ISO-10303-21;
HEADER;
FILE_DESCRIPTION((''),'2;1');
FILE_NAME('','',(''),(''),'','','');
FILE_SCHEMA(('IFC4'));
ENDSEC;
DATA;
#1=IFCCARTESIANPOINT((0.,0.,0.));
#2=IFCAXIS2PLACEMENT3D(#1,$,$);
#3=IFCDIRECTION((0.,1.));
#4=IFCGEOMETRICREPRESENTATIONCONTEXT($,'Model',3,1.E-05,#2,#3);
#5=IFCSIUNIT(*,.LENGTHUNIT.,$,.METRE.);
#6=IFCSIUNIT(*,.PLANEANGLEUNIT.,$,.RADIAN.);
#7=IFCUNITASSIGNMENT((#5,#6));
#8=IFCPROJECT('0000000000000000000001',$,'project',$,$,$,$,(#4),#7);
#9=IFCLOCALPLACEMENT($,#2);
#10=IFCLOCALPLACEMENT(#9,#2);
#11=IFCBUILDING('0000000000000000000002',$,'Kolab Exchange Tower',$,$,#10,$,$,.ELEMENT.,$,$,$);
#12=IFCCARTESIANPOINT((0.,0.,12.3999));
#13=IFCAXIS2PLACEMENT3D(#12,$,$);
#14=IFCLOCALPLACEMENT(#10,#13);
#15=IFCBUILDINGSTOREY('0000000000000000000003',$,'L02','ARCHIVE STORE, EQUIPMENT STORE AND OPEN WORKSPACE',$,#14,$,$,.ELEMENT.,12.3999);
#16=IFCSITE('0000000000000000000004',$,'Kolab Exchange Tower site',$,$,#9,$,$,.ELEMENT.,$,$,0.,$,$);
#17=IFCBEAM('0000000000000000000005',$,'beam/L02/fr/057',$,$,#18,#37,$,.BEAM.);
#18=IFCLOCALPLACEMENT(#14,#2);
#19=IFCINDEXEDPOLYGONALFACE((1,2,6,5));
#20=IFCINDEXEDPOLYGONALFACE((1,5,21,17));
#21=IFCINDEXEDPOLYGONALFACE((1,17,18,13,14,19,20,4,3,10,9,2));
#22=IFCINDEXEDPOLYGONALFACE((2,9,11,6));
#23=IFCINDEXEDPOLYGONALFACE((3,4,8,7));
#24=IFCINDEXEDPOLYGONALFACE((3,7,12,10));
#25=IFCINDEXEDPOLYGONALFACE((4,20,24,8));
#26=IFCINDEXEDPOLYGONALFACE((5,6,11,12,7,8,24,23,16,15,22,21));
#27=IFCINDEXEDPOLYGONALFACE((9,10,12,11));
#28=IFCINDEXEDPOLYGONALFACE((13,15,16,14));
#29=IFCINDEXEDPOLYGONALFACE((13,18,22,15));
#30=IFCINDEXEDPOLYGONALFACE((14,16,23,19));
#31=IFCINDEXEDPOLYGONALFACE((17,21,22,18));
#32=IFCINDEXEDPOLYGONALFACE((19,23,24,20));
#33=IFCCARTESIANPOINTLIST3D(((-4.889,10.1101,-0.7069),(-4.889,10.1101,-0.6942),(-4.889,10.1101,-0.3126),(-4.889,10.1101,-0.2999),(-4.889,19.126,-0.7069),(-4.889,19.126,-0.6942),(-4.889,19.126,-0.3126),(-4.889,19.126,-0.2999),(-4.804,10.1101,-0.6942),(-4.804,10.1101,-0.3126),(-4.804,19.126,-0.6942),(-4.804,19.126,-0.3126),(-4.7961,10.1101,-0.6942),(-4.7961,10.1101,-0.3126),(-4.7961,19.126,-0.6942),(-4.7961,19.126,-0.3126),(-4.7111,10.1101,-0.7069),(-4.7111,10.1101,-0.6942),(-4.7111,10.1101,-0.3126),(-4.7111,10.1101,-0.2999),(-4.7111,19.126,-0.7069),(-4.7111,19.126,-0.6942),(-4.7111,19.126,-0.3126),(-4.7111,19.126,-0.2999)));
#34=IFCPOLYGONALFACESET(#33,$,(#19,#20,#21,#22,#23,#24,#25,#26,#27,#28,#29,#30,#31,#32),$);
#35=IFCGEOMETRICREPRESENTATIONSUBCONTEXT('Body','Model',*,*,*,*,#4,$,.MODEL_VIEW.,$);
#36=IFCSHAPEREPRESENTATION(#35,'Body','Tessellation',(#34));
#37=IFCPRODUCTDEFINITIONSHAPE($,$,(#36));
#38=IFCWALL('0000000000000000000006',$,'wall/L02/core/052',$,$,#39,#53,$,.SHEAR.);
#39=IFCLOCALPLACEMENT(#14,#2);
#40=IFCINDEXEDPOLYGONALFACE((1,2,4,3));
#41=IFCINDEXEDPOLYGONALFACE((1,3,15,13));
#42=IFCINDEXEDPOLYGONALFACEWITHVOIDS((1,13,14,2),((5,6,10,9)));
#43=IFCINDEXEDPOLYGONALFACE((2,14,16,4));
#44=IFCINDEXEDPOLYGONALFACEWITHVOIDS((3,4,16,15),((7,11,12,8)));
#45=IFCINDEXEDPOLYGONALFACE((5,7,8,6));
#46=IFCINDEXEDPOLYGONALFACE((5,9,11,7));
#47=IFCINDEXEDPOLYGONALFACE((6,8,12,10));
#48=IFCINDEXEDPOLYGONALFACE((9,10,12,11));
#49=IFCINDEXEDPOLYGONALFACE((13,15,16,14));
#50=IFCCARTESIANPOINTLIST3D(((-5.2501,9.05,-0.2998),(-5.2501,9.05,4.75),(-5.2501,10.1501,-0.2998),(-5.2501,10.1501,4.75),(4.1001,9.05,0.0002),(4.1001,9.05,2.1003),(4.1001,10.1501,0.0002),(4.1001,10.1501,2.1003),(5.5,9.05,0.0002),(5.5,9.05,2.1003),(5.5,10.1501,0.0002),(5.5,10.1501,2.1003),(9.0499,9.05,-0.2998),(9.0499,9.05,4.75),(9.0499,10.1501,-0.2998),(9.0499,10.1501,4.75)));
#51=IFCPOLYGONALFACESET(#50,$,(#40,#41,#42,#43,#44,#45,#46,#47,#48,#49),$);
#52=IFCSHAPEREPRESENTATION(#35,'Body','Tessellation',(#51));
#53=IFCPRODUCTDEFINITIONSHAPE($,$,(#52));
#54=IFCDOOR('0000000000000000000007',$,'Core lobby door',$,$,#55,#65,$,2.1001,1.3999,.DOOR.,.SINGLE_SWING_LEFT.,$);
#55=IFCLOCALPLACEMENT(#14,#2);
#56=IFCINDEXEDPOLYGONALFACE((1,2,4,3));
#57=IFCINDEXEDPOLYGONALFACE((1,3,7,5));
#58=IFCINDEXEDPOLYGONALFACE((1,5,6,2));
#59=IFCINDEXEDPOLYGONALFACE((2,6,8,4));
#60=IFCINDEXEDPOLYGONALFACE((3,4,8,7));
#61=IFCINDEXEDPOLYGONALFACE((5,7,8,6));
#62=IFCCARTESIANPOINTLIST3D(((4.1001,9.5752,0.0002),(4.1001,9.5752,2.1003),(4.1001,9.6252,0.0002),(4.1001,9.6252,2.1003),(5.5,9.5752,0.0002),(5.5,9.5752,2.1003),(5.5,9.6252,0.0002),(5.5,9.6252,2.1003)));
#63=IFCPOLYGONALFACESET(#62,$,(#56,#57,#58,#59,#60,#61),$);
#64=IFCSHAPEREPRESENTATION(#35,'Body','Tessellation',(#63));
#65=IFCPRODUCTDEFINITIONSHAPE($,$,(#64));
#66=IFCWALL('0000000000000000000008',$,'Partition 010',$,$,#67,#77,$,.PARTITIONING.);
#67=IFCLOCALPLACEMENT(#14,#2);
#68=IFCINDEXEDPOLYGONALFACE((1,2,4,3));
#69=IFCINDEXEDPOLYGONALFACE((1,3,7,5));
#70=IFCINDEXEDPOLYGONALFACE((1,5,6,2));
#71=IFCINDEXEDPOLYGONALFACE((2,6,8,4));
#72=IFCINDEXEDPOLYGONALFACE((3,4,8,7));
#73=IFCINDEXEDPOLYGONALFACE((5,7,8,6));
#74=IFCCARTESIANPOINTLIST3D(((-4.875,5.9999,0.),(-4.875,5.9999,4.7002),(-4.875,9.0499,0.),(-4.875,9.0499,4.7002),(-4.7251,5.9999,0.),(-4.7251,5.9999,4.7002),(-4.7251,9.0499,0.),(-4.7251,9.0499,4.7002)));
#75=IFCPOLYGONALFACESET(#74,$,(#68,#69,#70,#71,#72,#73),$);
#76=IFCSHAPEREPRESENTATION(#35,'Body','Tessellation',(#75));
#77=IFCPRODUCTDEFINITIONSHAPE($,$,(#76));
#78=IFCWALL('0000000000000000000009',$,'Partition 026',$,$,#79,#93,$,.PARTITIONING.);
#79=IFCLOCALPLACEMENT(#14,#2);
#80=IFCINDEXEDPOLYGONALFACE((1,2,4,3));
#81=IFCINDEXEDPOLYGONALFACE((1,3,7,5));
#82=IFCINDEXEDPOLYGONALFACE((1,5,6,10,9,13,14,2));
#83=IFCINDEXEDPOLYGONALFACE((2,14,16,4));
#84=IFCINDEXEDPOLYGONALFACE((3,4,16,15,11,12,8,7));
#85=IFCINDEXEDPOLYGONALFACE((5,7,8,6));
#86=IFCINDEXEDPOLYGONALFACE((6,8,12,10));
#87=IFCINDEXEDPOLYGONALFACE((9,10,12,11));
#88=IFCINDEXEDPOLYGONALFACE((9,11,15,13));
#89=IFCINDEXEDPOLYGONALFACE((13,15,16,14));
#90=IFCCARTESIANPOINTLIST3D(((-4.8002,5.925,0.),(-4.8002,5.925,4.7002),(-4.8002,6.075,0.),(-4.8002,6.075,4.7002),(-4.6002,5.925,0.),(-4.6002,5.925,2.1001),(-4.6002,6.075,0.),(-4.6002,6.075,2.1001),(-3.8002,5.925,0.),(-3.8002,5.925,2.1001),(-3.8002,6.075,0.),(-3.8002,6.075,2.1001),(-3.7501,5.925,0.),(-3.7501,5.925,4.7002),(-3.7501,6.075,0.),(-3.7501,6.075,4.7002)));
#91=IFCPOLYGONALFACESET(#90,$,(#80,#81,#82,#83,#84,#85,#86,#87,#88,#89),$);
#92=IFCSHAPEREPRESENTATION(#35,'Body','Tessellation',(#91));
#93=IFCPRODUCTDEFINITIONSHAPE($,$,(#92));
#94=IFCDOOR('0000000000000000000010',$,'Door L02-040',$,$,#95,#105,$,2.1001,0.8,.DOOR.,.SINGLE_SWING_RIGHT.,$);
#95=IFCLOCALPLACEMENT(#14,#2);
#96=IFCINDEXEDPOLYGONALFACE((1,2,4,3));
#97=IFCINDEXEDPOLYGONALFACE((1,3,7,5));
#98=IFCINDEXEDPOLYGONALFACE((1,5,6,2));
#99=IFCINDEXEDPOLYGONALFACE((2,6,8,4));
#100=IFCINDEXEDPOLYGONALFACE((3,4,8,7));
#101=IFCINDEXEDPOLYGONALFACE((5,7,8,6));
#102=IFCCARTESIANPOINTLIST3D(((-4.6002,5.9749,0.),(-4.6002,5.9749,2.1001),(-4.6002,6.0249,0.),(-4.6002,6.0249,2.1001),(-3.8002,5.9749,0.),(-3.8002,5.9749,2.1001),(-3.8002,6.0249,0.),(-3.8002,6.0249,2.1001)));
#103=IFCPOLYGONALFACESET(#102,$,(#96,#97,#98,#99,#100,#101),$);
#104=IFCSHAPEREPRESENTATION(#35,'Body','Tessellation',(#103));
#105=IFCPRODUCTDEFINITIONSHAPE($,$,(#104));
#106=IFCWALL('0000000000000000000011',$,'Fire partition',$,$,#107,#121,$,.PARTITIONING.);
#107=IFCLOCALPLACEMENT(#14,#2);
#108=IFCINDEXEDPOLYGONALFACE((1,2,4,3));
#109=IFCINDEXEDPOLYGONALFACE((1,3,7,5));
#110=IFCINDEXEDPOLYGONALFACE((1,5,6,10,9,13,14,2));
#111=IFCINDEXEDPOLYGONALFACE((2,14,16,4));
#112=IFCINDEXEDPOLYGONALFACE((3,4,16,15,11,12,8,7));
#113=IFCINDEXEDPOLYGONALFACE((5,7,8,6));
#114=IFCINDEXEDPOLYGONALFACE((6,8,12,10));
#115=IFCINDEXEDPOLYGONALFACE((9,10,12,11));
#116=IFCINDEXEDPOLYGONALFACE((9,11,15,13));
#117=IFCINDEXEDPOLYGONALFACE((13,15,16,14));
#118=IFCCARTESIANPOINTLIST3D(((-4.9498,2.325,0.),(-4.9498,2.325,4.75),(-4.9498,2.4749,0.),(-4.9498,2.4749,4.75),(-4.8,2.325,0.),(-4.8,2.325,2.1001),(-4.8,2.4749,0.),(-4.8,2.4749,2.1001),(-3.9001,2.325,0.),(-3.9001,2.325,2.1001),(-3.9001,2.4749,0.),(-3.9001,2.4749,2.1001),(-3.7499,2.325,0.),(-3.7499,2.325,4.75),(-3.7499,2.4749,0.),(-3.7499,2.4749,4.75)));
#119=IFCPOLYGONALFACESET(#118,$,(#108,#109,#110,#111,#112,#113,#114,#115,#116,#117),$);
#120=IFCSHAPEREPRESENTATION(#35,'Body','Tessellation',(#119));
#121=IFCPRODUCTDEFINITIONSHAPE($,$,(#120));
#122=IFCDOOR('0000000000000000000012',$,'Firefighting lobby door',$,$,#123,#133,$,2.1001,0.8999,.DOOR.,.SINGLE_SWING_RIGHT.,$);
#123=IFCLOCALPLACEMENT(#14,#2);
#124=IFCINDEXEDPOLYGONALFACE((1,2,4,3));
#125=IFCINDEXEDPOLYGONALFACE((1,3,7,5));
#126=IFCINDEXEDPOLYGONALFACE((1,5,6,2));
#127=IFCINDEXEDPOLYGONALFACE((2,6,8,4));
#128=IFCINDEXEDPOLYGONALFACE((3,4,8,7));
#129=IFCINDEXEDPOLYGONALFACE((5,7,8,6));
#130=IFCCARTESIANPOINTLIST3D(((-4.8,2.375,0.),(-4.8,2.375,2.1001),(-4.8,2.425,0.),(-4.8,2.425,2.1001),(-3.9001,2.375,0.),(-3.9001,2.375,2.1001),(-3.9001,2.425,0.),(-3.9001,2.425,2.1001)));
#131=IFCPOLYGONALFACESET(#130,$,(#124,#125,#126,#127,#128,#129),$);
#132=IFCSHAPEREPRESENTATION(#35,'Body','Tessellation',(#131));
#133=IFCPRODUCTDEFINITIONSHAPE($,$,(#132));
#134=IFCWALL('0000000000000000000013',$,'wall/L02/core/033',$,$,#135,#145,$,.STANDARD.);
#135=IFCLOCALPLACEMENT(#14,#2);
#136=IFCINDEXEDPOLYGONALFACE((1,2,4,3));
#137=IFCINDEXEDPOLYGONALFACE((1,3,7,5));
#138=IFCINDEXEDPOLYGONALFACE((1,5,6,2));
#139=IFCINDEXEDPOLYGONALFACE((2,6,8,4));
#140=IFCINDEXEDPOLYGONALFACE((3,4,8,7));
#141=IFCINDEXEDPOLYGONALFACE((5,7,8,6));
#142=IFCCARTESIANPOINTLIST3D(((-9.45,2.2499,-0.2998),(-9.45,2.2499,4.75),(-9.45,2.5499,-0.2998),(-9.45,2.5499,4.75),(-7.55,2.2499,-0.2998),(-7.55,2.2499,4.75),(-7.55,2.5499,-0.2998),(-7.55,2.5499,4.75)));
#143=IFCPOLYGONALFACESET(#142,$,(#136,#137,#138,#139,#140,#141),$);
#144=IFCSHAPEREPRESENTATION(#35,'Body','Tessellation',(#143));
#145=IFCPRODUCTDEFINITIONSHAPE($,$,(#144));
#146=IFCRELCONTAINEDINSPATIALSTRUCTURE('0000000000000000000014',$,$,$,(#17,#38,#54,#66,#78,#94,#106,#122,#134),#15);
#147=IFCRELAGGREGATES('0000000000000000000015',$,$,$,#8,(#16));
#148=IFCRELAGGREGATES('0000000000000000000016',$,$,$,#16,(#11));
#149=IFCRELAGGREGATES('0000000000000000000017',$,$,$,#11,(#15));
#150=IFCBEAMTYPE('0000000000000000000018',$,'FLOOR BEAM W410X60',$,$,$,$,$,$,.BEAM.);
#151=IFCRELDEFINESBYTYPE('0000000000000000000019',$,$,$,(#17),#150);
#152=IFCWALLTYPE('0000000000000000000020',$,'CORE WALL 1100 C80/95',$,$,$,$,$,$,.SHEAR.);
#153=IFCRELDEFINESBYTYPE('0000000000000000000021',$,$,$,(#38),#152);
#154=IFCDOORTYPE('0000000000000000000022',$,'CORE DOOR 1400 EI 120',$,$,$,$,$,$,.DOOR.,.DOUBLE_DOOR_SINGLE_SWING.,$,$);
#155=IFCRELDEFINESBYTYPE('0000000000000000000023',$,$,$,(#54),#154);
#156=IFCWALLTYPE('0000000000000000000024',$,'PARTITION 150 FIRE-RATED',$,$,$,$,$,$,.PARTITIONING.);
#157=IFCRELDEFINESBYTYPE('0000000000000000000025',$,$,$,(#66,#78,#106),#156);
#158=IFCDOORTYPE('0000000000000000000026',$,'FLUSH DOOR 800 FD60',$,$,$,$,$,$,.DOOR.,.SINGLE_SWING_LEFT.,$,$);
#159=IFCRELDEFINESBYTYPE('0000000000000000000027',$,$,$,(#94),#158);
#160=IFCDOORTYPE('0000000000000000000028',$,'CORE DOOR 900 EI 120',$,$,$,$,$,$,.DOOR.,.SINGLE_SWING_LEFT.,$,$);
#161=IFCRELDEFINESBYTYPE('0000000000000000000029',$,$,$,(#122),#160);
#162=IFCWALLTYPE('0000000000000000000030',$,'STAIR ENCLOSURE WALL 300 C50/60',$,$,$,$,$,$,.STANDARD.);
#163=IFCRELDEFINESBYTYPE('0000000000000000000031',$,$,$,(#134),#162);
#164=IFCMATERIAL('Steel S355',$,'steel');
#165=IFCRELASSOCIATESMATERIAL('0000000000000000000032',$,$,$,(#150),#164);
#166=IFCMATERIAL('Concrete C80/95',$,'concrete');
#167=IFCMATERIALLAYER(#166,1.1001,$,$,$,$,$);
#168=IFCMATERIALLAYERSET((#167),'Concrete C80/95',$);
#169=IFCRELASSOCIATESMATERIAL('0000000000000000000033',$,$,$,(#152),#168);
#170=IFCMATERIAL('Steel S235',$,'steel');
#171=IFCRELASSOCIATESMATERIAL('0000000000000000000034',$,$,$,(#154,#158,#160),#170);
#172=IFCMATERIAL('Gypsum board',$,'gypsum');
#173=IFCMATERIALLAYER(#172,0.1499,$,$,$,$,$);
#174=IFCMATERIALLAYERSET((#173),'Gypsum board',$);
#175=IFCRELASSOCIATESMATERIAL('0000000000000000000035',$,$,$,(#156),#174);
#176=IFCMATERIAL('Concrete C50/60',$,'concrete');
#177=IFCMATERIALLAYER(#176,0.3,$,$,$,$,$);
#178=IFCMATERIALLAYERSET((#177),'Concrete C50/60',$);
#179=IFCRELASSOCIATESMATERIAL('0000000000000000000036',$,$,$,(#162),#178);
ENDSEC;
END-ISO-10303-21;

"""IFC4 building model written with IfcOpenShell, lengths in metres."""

from ifc_helpers import new_model, si_unit, direction, frame, frame_2d, origin, origin_2d, place, context, subcontext, project, spatial, rectangle, i_section, extrude, material, layer, layer_set, material_profile, profile_set, type_object, element, fill, save


model = new_model("IFC4")

# Units and contexts
model_context = context("Model", 3, precision=1e-05, world=origin(), true_north=direction((0.0, 1.0)))
body_context = subcontext(model_context, "Body", "Model", "MODEL_VIEW")
ifc_project = project(units=[si_unit("LENGTHUNIT", "METRE"), si_unit("PLANEANGLEUNIT", "RADIAN")], contexts=[model_context])

# Site, building, storey
site_placement = place(None, origin())
site = spatial("IfcSite", under=ifc_project, at=site_placement, Name="Kolab Exchange Tower site", CompositionType="ELEMENT", RefElevation=0.0)
building_placement = place(site_placement, origin())
building = spatial("IfcBuilding", under=site, at=building_placement, Name="Kolab Exchange Tower", CompositionType="ELEMENT")
storey_placement = place(building_placement, frame((0.0, 0.0, 12.3999)))
storey = spatial("IfcBuildingStorey", under=building, at=storey_placement, Name="L02", Description="ARCHIVE STORE, EQUIPMENT STORE AND OPEN WORKSPACE", CompositionType="ELEMENT", Elevation=12.3999)

# Beam
ifc_material_1 = material(Name="Steel S355", Category="steel")
ifc_material_profile = material_profile(ifc_material_1, i_section(OverallWidth=0.178, OverallDepth=0.407, WebThickness=0.0078, FlangeThickness=0.0127, at=origin_2d()), Name="W410X60")
ifc_profile_set = profile_set([ifc_material_profile], Name="Steel S355")
beam_type = type_object("IfcBeamType", Name="FLOOR BEAM W410X60", PredefinedType="BEAM", material=ifc_profile_set)
beam_placement = place(storey_placement, frame((-4.8, 10.1101, -0.5034), z_axis=(0.0, 1.0, 0.0), x_axis=(-1.0, 0.0, 0.0)))
element("IfcBeam", 1, at=beam_placement, inside=storey, type_object=beam_type, Name="beam/L02/fr/057", PredefinedType="BEAM", context=body_context, shape_type="SweptSolid", body=[
    extrude(i_section(OverallWidth=0.178, OverallDepth=0.407, WebThickness=0.0078, FlangeThickness=0.0127, at=origin_2d()), origin(), (0.0, 0.0, 1.0), 9.0159),
])

# Wall, opening, door
ifc_material_2 = material(Name="Concrete C80/95", Category="concrete")
ifc_layer_1 = layer(ifc_material_2, 1.1001)
ifc_layer_set_1 = layer_set([ifc_layer_1], Name="Concrete C80/95")
wall_type_1 = type_object("IfcWallType", Name="CORE WALL 1100 C80/95", PredefinedType="SHEAR", material=ifc_layer_set_1)
wall_1_placement = place(storey_placement, frame((-5.25, 9.6001, -0.2998), z_axis=(0.0, 0.0, 1.0), x_axis=(1.0, 0.0, 0.0)))
wall_1 = element("IfcWall", 2, at=wall_1_placement, inside=storey, type_object=wall_type_1, Name="wall/L02/core/052", PredefinedType="SHEAR", context=body_context, shape_type="SweptSolid", body=[
    extrude(rectangle(XDim=14.3, YDim=1.1001, at=frame_2d((7.1499, 0.0))), origin(), (0.0, 0.0, 1.0), 5.0498),
])
opening_1_placement = place(wall_1_placement, frame((9.3501, 0.0, 0.3)))
opening_1 = element("IfcOpeningElement", 3, at=opening_1_placement, cuts=wall_1, PredefinedType="OPENING", context=body_context, shape_type="SweptSolid", body=[
    extrude(rectangle(XDim=1.3999, YDim=2.1001, at=frame_2d((0.7, 1.05))), frame((0.0, 0.5601, 0.0), z_axis=(0.0, -1.0, 0.0), x_axis=(1.0, 0.0, 0.0)), (0.0, 0.0, 1.0), 1.1201),
])
ifc_material_3 = material(Name="Steel S235", Category="steel")
door_type_1 = type_object("IfcDoorType", Name="CORE DOOR 1400 EI 120", OperationType="DOUBLE_DOOR_SINGLE_SWING", PredefinedType="DOOR", material=ifc_material_3)
door_1_placement = place(opening_1_placement, frame((1.3999, 0.0, 0.0), z_axis=(0.0, 0.0, 1.0), x_axis=(-1.0, 0.0, 0.0)))
door_1 = element("IfcDoor", 4, at=door_1_placement, inside=storey, type_object=door_type_1, Name="Core lobby door", OperationType="SINGLE_SWING_LEFT", OverallHeight=2.1001, OverallWidth=1.3999, PredefinedType="DOOR", context=body_context, shape_type="SweptSolid", body=[
    extrude(rectangle(XDim=1.3999, YDim=2.1001, at=frame_2d((0.7, 1.05))), frame((0.0, 0.0249, 0.0), z_axis=(0.0, -1.0, 0.0), x_axis=(1.0, 0.0, 0.0)), (0.0, 0.0, 1.0), 0.05),
])
fill(opening_1, door_1)

# Wall
ifc_material_4 = material(Name="Gypsum board", Category="gypsum")
ifc_layer_2 = layer(ifc_material_4, 0.1499)
ifc_layer_set_2 = layer_set([ifc_layer_2], Name="Gypsum board")
wall_type_2 = type_object("IfcWallType", Name="PARTITION 150 FIRE-RATED", PredefinedType="PARTITIONING", material=ifc_layer_set_2)
wall_2_placement = place(storey_placement, frame((-4.8, 6.0, 0.0), z_axis=(0.0, 0.0, 1.0), x_axis=(0.0, 1.0, 0.0)))
element("IfcWall", 5, at=wall_2_placement, inside=storey, type_object=wall_type_2, Name="Partition 010", PredefinedType="PARTITIONING", context=body_context, shape_type="SweptSolid", body=[
    extrude(rectangle(XDim=3.05, YDim=0.1499, at=frame_2d((1.5249, 0.0))), origin(), (0.0, 0.0, 1.0), 4.7002),
])

# Walls, openings, doors
wall_3_placement = place(storey_placement, frame((-4.8, 6.0, 0.0), z_axis=(0.0, 0.0, 1.0), x_axis=(1.0, 0.0, 0.0)))
wall_3 = element("IfcWall", 6, at=wall_3_placement, inside=storey, type_object=wall_type_2, Name="Partition 026", PredefinedType="PARTITIONING", context=body_context, shape_type="SweptSolid", body=[
    extrude(rectangle(XDim=1.05, YDim=0.1499, at=frame_2d((0.5249, 0.0))), origin(), (0.0, 0.0, 1.0), 4.7002),
])
opening_2_placement = place(wall_3_placement, frame((0.2, 0.0, 0.0)))
opening_2 = element("IfcOpeningElement", 7, at=opening_2_placement, cuts=wall_3, PredefinedType="OPENING", context=body_context, shape_type="SweptSolid", body=[
    extrude(rectangle(XDim=0.8, YDim=2.1001, at=frame_2d((0.3999, 1.05))), frame((0.0, 0.085, 0.0), z_axis=(0.0, -1.0, 0.0), x_axis=(1.0, 0.0, 0.0)), (0.0, 0.0, 1.0), 0.1699),
])
door_type_2 = type_object("IfcDoorType", Name="FLUSH DOOR 800 FD60", OperationType="SINGLE_SWING_LEFT", PredefinedType="DOOR", material=ifc_material_3)
door_2_placement = place(opening_2_placement, origin())
door_2 = element("IfcDoor", 8, at=door_2_placement, inside=storey, type_object=door_type_2, Name="Door L02-040", OperationType="SINGLE_SWING_RIGHT", OverallHeight=2.1001, OverallWidth=0.8, PredefinedType="DOOR", context=body_context, shape_type="SweptSolid", body=[
    extrude(rectangle(XDim=0.8, YDim=2.1001, at=frame_2d((0.3999, 1.05))), frame((0.0, 0.0249, 0.0), z_axis=(0.0, -1.0, 0.0), x_axis=(1.0, 0.0, 0.0)), (0.0, 0.0, 1.0), 0.05),
])
fill(opening_2, door_2)
wall_4_placement = place(storey_placement, frame((-4.95, 2.3999, 0.0), z_axis=(0.0, 0.0, 1.0), x_axis=(1.0, 0.0, 0.0)))
wall_4 = element("IfcWall", 9, at=wall_4_placement, inside=storey, type_object=wall_type_2, Name="Fire partition", PredefinedType="PARTITIONING", context=body_context, shape_type="SweptSolid", body=[
    extrude(rectangle(XDim=1.2, YDim=0.1499, at=frame_2d((0.6001, 0.0))), origin(), (0.0, 0.0, 1.0), 4.75),
])
opening_3_placement = place(wall_4_placement, frame((0.1499, 0.0, 0.0)))
opening_3 = element("IfcOpeningElement", 10, at=opening_3_placement, cuts=wall_4, PredefinedType="OPENING", context=body_context, shape_type="SweptSolid", body=[
    extrude(rectangle(XDim=0.8999, YDim=2.1001, at=frame_2d((0.45, 1.05))), frame((0.0, 0.085, 0.0), z_axis=(0.0, -1.0, 0.0), x_axis=(1.0, 0.0, 0.0)), (0.0, 0.0, 1.0), 0.1699),
])
door_type_3 = type_object("IfcDoorType", Name="CORE DOOR 900 EI 120", OperationType="SINGLE_SWING_LEFT", PredefinedType="DOOR", material=ifc_material_3)
door_3_placement = place(opening_3_placement, frame((0.8999, 0.0, 0.0), z_axis=(0.0, 0.0, 1.0), x_axis=(-1.0, 0.0, 0.0)))
door_3 = element("IfcDoor", 11, at=door_3_placement, inside=storey, type_object=door_type_3, Name="Firefighting lobby door", OperationType="SINGLE_SWING_RIGHT", OverallHeight=2.1001, OverallWidth=0.8999, PredefinedType="DOOR", context=body_context, shape_type="SweptSolid", body=[
    extrude(rectangle(XDim=0.8999, YDim=2.1001, at=frame_2d((0.45, 1.05))), frame((0.0, 0.0249, 0.0), z_axis=(0.0, -1.0, 0.0), x_axis=(1.0, 0.0, 0.0)), (0.0, 0.0, 1.0), 0.05),
])
fill(opening_3, door_3)

# Wall
ifc_material_5 = material(Name="Concrete C50/60", Category="concrete")
ifc_layer_3 = layer(ifc_material_5, 0.3)
ifc_layer_set_3 = layer_set([ifc_layer_3], Name="Concrete C50/60")
wall_type_3 = type_object("IfcWallType", Name="STAIR ENCLOSURE WALL 300 C50/60", PredefinedType="STANDARD", material=ifc_layer_set_3)
wall_5_placement = place(storey_placement, frame((-9.45, 2.3999, -0.2998), z_axis=(0.0, 0.0, 1.0), x_axis=(1.0, 0.0, 0.0)))
element("IfcWall", 12, at=wall_5_placement, inside=storey, type_object=wall_type_3, Name="wall/L02/core/033", PredefinedType="STANDARD", context=body_context, shape_type="SweptSolid", body=[
    extrude(rectangle(XDim=1.8999, YDim=0.3, at=frame_2d((0.95, 0.0))), origin(), (0.0, 0.0, 1.0), 5.0498),
])

save(model, "model.ifc")
